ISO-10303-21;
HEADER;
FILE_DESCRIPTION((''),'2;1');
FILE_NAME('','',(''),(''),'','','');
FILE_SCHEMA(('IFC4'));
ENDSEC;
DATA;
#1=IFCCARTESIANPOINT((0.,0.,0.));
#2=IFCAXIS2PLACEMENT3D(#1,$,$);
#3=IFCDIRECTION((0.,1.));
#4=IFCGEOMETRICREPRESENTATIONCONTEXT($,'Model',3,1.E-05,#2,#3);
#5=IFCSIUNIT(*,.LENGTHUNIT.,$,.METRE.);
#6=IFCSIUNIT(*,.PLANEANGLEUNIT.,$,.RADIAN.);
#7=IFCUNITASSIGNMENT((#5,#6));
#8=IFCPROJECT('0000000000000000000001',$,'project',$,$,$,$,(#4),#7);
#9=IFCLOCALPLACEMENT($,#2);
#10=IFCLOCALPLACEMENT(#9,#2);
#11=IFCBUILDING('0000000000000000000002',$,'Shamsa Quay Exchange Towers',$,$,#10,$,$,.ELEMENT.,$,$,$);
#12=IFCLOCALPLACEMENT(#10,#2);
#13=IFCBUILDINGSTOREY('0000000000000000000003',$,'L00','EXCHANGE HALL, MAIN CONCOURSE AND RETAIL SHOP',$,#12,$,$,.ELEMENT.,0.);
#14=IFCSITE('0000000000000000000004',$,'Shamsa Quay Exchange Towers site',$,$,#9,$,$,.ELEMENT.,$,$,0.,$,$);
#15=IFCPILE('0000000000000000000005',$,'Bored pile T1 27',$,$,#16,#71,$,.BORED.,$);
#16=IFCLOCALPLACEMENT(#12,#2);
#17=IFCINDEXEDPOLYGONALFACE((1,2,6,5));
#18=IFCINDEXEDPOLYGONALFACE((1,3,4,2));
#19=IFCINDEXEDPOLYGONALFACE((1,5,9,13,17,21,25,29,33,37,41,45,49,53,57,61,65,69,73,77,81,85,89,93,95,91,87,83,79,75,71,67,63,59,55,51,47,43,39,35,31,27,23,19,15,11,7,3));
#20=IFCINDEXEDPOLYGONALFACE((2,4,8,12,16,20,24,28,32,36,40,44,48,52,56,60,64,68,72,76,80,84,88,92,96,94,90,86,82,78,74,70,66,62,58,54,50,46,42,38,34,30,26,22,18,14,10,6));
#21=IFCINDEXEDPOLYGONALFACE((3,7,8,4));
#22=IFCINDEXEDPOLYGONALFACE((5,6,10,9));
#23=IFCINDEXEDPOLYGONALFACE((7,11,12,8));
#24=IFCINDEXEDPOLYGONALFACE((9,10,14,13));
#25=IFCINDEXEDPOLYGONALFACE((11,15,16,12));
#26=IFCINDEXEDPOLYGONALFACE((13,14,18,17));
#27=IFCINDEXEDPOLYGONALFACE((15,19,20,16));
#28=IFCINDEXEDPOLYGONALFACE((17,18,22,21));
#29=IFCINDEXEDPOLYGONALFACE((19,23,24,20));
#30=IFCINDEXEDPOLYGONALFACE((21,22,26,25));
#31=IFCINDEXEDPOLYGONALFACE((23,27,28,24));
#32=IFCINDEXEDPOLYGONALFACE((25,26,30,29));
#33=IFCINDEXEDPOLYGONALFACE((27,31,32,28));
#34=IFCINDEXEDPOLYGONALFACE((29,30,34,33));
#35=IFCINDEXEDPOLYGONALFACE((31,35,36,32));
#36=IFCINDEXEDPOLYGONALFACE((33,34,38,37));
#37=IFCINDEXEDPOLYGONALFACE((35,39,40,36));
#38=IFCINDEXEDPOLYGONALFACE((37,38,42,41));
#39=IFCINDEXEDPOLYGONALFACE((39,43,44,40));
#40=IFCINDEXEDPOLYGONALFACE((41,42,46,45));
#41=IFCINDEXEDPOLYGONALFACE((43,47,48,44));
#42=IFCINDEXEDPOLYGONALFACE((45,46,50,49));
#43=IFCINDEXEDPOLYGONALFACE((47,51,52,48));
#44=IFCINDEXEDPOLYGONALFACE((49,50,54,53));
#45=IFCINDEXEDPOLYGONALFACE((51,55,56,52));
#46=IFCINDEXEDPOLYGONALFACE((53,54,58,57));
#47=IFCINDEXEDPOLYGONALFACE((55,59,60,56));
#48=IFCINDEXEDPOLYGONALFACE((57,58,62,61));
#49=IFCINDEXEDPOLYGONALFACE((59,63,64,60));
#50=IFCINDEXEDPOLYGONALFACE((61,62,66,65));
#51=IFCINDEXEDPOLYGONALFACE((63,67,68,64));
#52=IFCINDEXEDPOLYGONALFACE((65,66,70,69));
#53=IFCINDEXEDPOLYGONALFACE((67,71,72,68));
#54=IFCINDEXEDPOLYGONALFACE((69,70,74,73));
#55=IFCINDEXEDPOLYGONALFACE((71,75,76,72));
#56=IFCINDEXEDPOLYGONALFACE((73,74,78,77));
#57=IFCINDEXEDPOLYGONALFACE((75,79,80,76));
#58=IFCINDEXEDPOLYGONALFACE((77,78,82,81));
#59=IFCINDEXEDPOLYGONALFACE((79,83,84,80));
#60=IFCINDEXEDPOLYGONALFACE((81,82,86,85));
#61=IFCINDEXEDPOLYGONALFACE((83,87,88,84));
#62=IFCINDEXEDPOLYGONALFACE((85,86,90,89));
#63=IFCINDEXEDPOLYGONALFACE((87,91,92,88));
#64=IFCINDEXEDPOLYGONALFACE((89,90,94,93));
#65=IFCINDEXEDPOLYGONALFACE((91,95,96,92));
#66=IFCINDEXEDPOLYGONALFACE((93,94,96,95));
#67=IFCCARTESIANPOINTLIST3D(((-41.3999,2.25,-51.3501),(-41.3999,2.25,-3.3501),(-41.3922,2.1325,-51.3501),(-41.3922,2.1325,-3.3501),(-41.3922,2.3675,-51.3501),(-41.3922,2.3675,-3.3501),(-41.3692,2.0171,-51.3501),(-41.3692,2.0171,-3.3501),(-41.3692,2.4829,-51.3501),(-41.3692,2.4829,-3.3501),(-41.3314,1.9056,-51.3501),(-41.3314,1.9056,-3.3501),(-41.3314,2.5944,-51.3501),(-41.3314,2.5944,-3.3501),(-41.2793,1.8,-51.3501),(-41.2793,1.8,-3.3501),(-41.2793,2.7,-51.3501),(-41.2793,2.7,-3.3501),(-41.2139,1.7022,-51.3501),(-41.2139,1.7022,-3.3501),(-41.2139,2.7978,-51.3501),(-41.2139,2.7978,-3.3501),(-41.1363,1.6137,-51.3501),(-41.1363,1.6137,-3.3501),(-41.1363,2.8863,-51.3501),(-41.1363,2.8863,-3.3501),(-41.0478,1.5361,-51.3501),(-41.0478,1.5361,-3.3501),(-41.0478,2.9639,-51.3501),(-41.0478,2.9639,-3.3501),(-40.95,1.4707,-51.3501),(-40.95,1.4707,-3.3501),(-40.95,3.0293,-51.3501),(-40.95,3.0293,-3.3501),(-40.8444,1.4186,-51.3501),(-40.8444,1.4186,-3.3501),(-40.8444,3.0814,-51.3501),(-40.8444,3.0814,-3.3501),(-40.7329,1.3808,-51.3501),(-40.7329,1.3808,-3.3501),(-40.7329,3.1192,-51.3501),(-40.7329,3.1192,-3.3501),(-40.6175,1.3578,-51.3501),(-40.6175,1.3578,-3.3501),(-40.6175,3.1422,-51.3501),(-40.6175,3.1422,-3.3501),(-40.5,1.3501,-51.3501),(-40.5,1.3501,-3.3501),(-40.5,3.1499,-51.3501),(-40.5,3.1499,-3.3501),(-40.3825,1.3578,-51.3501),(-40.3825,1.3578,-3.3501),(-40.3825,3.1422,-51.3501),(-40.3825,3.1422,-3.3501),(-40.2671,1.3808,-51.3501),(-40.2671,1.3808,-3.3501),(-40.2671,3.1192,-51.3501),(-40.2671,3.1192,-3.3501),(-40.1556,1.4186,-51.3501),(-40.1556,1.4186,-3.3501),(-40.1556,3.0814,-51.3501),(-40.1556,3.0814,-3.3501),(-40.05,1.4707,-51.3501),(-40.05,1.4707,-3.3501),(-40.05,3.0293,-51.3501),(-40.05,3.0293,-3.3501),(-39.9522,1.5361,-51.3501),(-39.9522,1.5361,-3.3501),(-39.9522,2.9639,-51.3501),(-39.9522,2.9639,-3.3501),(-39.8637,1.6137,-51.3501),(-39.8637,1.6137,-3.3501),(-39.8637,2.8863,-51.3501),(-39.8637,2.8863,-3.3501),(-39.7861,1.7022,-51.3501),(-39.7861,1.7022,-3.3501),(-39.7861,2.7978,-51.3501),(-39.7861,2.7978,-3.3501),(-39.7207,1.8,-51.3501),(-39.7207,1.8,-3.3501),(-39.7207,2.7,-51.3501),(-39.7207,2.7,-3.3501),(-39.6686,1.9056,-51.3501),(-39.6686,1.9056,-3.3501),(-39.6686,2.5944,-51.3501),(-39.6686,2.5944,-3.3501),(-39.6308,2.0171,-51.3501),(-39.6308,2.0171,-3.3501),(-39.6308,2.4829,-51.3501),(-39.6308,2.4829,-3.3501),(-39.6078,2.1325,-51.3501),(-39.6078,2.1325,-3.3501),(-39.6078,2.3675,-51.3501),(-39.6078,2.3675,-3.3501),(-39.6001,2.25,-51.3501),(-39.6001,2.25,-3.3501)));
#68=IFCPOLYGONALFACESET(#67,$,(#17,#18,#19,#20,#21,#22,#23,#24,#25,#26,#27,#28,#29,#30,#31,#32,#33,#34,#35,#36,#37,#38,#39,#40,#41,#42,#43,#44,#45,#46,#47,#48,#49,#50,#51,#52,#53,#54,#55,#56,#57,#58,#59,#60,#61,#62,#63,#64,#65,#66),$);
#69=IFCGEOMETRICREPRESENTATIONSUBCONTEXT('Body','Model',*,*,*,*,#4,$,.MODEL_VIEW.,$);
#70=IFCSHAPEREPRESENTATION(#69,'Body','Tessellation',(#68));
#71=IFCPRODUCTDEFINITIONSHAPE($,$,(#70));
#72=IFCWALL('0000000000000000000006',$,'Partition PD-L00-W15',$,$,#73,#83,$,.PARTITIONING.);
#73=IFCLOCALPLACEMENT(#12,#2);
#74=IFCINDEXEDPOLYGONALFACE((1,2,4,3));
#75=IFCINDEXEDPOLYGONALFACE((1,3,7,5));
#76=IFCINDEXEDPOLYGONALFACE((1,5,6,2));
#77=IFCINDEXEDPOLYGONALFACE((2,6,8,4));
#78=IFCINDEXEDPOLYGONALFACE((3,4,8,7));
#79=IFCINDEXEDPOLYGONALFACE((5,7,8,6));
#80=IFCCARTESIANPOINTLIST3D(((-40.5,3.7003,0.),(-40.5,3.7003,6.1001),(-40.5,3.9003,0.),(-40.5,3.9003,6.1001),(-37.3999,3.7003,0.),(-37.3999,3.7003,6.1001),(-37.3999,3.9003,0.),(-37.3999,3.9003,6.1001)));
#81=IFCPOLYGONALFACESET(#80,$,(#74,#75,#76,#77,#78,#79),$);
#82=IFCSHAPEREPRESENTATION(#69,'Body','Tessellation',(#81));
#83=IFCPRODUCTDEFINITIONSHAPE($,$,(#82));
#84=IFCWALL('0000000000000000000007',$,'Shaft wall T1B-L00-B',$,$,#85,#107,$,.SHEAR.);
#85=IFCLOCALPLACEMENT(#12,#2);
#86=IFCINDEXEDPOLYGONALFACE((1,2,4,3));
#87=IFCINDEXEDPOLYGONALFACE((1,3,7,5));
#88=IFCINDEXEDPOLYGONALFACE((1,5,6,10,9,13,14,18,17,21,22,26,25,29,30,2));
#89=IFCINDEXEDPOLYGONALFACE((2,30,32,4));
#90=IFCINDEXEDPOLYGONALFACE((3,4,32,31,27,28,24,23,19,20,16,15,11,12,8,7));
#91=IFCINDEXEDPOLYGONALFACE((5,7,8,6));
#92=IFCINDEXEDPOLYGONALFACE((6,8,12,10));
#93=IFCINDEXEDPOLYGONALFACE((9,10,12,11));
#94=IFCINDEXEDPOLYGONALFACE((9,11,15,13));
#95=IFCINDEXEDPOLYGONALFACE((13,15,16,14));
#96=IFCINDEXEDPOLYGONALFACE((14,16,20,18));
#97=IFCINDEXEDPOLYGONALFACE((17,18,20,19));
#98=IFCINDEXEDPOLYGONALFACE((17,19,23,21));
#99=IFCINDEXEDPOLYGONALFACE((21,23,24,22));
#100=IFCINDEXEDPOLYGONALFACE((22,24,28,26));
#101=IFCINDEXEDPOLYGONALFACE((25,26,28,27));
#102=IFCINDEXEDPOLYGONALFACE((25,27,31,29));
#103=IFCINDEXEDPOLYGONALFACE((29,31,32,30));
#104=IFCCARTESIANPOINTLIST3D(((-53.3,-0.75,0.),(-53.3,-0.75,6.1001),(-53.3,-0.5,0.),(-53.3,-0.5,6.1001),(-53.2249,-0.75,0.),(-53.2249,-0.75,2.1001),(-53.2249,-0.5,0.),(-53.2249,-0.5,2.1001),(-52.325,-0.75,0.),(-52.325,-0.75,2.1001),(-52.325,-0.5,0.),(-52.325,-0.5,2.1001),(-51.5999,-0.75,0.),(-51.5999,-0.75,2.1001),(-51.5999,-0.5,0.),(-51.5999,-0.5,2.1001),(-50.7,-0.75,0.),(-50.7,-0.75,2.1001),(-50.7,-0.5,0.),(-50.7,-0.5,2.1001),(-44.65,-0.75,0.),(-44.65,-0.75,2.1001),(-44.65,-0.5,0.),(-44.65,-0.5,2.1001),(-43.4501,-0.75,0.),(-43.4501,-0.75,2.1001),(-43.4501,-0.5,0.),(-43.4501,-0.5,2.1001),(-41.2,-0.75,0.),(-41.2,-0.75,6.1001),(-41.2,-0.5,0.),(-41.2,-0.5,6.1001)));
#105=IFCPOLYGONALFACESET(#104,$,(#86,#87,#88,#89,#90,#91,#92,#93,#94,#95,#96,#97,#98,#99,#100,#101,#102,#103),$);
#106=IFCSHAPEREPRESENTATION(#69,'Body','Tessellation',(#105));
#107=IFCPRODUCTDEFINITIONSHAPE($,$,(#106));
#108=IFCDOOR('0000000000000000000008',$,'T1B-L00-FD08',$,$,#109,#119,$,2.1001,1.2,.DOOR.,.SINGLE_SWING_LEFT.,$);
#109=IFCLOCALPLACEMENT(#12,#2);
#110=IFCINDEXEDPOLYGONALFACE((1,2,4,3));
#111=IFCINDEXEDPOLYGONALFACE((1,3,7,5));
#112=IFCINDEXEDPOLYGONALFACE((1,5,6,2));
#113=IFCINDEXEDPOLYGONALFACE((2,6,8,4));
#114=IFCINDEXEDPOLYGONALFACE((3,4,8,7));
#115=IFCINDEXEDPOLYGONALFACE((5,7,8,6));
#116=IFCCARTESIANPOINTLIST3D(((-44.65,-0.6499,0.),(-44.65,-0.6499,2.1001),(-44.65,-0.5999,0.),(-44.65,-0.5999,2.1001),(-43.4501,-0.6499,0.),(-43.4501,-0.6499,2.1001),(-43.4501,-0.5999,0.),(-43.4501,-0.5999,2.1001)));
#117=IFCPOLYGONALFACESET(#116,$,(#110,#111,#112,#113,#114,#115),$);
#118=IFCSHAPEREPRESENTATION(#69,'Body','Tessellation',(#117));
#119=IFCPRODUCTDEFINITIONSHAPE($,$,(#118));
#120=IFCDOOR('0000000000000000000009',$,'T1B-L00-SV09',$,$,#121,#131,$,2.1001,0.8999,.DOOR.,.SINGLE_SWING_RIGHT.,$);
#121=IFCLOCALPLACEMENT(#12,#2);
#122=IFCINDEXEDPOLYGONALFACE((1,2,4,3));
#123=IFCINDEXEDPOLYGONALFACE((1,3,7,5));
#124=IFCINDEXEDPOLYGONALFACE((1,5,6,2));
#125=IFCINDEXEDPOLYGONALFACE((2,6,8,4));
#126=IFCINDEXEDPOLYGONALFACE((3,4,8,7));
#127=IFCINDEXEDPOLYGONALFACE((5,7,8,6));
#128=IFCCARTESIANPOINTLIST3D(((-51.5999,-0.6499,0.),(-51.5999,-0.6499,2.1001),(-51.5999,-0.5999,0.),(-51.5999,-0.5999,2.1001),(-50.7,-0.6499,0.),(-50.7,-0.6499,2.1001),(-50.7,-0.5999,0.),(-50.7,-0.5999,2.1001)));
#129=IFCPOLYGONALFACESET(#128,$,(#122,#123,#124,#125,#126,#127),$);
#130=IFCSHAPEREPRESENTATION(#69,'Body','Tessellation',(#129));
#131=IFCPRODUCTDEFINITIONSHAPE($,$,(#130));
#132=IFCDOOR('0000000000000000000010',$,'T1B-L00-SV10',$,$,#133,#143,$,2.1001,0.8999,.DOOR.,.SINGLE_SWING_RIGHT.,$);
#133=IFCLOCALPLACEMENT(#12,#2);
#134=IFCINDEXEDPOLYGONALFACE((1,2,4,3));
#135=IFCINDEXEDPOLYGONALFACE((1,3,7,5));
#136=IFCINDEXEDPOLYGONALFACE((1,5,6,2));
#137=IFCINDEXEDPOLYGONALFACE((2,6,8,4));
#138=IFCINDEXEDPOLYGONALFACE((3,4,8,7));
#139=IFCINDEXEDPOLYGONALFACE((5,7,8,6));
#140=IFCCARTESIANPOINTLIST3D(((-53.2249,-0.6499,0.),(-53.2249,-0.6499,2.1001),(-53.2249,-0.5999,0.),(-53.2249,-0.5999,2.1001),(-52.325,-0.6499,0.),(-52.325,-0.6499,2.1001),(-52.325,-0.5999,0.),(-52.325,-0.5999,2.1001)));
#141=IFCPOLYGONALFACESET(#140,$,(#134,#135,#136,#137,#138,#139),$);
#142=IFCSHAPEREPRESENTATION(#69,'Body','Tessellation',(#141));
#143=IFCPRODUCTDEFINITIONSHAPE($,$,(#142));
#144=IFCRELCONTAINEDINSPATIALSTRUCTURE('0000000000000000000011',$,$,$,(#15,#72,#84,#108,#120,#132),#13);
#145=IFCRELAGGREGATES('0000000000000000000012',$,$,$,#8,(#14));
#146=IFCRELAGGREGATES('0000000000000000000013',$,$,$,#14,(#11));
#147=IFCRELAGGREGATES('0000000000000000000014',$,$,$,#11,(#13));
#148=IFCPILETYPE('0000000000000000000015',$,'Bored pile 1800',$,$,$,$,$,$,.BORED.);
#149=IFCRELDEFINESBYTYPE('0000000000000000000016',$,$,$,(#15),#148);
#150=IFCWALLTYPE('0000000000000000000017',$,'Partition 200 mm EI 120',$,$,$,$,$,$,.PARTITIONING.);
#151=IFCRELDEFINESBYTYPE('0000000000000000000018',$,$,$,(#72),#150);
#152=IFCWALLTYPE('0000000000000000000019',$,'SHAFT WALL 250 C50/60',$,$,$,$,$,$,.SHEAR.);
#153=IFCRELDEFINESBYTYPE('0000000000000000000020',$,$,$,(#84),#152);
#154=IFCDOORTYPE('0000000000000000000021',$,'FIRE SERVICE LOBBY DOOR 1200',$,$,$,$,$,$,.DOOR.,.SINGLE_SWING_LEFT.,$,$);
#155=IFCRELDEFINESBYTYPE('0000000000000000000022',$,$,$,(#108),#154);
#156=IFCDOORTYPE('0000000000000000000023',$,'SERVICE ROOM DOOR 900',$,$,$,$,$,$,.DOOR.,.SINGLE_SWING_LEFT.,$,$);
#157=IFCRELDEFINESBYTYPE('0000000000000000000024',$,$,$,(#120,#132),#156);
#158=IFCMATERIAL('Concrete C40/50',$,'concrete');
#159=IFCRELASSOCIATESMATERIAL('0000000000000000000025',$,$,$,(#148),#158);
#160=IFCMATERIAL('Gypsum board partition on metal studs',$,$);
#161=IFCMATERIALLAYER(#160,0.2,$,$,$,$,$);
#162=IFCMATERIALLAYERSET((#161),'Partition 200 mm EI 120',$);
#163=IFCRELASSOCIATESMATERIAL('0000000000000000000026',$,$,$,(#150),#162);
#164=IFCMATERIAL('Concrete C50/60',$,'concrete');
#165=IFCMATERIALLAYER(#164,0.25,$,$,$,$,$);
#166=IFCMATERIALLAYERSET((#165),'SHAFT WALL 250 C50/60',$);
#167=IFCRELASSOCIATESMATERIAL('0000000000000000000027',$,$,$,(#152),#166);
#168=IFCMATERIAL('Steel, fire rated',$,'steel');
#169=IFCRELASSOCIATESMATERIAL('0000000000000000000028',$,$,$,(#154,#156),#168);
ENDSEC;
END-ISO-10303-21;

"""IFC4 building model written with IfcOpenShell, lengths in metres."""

from ifc_helpers import new_model, si_unit, direction, frame, frame_2d, origin, origin_2d, place, context, subcontext, project, spatial, rectangle, circle, extrude, material, layer, layer_set, material_profile, profile_set, type_object, element, fill, save


model = new_model("IFC4")

# Units and contexts
model_context = context("Model", 3, precision=1e-05, world=origin(), true_north=direction((0.0, 1.0)))
body_context = subcontext(model_context, "Body", "Model", "MODEL_VIEW")
ifc_project = project(units=[si_unit("LENGTHUNIT", "METRE"), si_unit("PLANEANGLEUNIT", "RADIAN")], contexts=[model_context])

# Site, building, storey
site_placement = place(None, origin())
site = spatial("IfcSite", under=ifc_project, at=site_placement, Name="Shamsa Quay Exchange Towers site", CompositionType="ELEMENT", RefElevation=0.0)
building_placement = place(site_placement, origin())
building = spatial("IfcBuilding", under=site, at=building_placement, Name="Shamsa Quay Exchange Towers", CompositionType="ELEMENT")
storey_placement = place(building_placement, origin())
storey = spatial("IfcBuildingStorey", under=building, at=storey_placement, Name="L00", Description="EXCHANGE HALL, MAIN CONCOURSE AND RETAIL SHOP", CompositionType="ELEMENT", Elevation=0.0)

# Pile
ifc_material_1 = material(Name="Concrete C40/50", Category="concrete")
ifc_material_profile = material_profile(ifc_material_1, circle(Radius=0.8999, at=origin_2d()), Name="BP1800")
ifc_profile_set = profile_set([ifc_material_profile], Name="Concrete C40/50")
pile_type = type_object("IfcPileType", Name="Bored pile 1800", PredefinedType="BORED", material=ifc_profile_set)
for number, where, z_axis, x_axis, name in (
    (1, (-40.5, 2.25, -3.3501), (0.0, 0.0, -1.0), (1.0, 0.0, 0.0), "Bored pile T1 27"),
):
    element("IfcPile", number, at=place(storey_placement, frame(where, z_axis=z_axis, x_axis=x_axis)), inside=storey, type_object=pile_type, Name=name, PredefinedType="BORED", context=body_context, shape_type="SweptSolid", body=[
        extrude(circle(Radius=0.8999, at=origin_2d()), origin(), (0.0, 0.0, 1.0), 48.0),
    ])

# Wall
ifc_material_2 = material(Name="Gypsum board partition on metal studs")
ifc_layer_1 = layer(ifc_material_2, 0.2)
ifc_layer_set_1 = layer_set([ifc_layer_1], Name="Partition 200 mm EI 120")
wall_type_1 = type_object("IfcWallType", Name="Partition 200 mm EI 120", PredefinedType="PARTITIONING", material=ifc_layer_set_1)
wall_1_placement = place(storey_placement, frame((-40.5, 3.8003, 0.0)))
element("IfcWall", 2, at=wall_1_placement, inside=storey, type_object=wall_type_1, Name="Partition PD-L00-W15", PredefinedType="PARTITIONING", context=body_context, shape_type="SweptSolid", body=[
    extrude(rectangle(XDim=3.1001, YDim=0.2, at=frame_2d((1.55, 0.0))), origin(), (0.0, 0.0, 1.0), 6.1001),
])

# Wall, openings, doors
ifc_material_3 = material(Name="Concrete C50/60", Category="concrete")
ifc_layer_2 = layer(ifc_material_3, 0.25)
ifc_layer_set_2 = layer_set([ifc_layer_2], Name="SHAFT WALL 250 C50/60")
wall_type_2 = type_object("IfcWallType", Name="SHAFT WALL 250 C50/60", PredefinedType="SHEAR", material=ifc_layer_set_2)
wall_2_placement = place(storey_placement, frame((-41.2, -0.625, 0.0), z_axis=(0.0, 0.0, 1.0), x_axis=(-1.0, 0.0, 0.0)))
wall_2 = element("IfcWall", 3, at=wall_2_placement, inside=storey, type_object=wall_type_2, Name="Shaft wall T1B-L00-B", PredefinedType="SHEAR", context=body_context, shape_type="SweptSolid", body=[
    extrude(rectangle(XDim=12.1001, YDim=0.25, at=frame_2d((6.05, 0.0))), origin(), (0.0, 0.0, 1.0), 6.1001),
])
opening_1_placement = place(wall_2_placement, frame((2.25, 0.0, 0.0)))
opening_1 = element("IfcOpeningElement", 4, at=opening_1_placement, cuts=wall_2, PredefinedType="OPENING", context=body_context, shape_type="SweptSolid", body=[
    extrude(rectangle(XDim=1.2, YDim=2.1001, at=frame_2d((0.6001, 1.05))), frame((0.0, 0.135, 0.0), z_axis=(0.0, -1.0, 0.0), x_axis=(1.0, 0.0, 0.0)), (0.0, 0.0, 1.0), 0.27),
])
opening_2_placement = place(wall_2_placement, frame((9.5, 0.0, 0.0)))
opening_2 = element("IfcOpeningElement", 5, at=opening_2_placement, cuts=wall_2, PredefinedType="OPENING", context=body_context, shape_type="SweptSolid", body=[
    extrude(rectangle(XDim=0.8999, YDim=2.1001, at=frame_2d((0.45, 1.05))), frame((0.0, 0.135, 0.0), z_axis=(0.0, -1.0, 0.0), x_axis=(1.0, 0.0, 0.0)), (0.0, 0.0, 1.0), 0.27),
])
opening_3_placement = place(wall_2_placement, frame((11.125, 0.0, 0.0)))
opening_3 = element("IfcOpeningElement", 6, at=opening_3_placement, cuts=wall_2, PredefinedType="OPENING", context=body_context, shape_type="SweptSolid", body=[
    extrude(rectangle(XDim=0.8999, YDim=2.1001, at=frame_2d((0.45, 1.05))), frame((0.0, 0.135, 0.0), z_axis=(0.0, -1.0, 0.0), x_axis=(1.0, 0.0, 0.0)), (0.0, 0.0, 1.0), 0.27),
])
ifc_material_4 = material(Name="Steel, fire rated", Category="steel")
door_type_1 = type_object("IfcDoorType", Name="FIRE SERVICE LOBBY DOOR 1200", OperationType="SINGLE_SWING_LEFT", PredefinedType="DOOR", material=ifc_material_4)
door_1_placement = place(opening_1_placement, origin())
door_1 = element("IfcDoor", 7, at=door_1_placement, inside=storey, type_object=door_type_1, Name="T1B-L00-FD08", OperationType="SINGLE_SWING_LEFT", OverallHeight=2.1001, OverallWidth=1.2, PredefinedType="DOOR", context=body_context, shape_type="SweptSolid", body=[
    extrude(rectangle(XDim=1.2, YDim=2.1001, at=frame_2d((0.6001, 1.05))), frame((0.0, 0.0249, 0.0), z_axis=(0.0, -1.0, 0.0), x_axis=(1.0, 0.0, 0.0)), (0.0, 0.0, 1.0), 0.05),
])
fill(opening_1, door_1)
door_type_2 = type_object("IfcDoorType", Name="SERVICE ROOM DOOR 900", OperationType="SINGLE_SWING_LEFT", PredefinedType="DOOR", material=ifc_material_4)
door_2_placement = place(opening_2_placement, origin())
door_2 = element("IfcDoor", 8, at=door_2_placement, inside=storey, type_object=door_type_2, Name="T1B-L00-SV09", OperationType="SINGLE_SWING_RIGHT", OverallHeight=2.1001, OverallWidth=0.8999, PredefinedType="DOOR", context=body_context, shape_type="SweptSolid", body=[
    extrude(rectangle(XDim=0.8999, YDim=2.1001, at=frame_2d((0.45, 1.05))), frame((0.0, 0.0249, 0.0), z_axis=(0.0, -1.0, 0.0), x_axis=(1.0, 0.0, 0.0)), (0.0, 0.0, 1.0), 0.05),
])
fill(opening_2, door_2)
door_3_placement = place(opening_3_placement, origin())
door_3 = element("IfcDoor", 9, at=door_3_placement, inside=storey, type_object=door_type_2, Name="T1B-L00-SV10", OperationType="SINGLE_SWING_RIGHT", OverallHeight=2.1001, OverallWidth=0.8999, PredefinedType="DOOR", context=body_context, shape_type="SweptSolid", body=[
    extrude(rectangle(XDim=0.8999, YDim=2.1001, at=frame_2d((0.45, 1.05))), frame((0.0, 0.0249, 0.0), z_axis=(0.0, -1.0, 0.0), x_axis=(1.0, 0.0, 0.0)), (0.0, 0.0, 1.0), 0.05),
])
fill(opening_3, door_3)

save(model, "model.ifc")
